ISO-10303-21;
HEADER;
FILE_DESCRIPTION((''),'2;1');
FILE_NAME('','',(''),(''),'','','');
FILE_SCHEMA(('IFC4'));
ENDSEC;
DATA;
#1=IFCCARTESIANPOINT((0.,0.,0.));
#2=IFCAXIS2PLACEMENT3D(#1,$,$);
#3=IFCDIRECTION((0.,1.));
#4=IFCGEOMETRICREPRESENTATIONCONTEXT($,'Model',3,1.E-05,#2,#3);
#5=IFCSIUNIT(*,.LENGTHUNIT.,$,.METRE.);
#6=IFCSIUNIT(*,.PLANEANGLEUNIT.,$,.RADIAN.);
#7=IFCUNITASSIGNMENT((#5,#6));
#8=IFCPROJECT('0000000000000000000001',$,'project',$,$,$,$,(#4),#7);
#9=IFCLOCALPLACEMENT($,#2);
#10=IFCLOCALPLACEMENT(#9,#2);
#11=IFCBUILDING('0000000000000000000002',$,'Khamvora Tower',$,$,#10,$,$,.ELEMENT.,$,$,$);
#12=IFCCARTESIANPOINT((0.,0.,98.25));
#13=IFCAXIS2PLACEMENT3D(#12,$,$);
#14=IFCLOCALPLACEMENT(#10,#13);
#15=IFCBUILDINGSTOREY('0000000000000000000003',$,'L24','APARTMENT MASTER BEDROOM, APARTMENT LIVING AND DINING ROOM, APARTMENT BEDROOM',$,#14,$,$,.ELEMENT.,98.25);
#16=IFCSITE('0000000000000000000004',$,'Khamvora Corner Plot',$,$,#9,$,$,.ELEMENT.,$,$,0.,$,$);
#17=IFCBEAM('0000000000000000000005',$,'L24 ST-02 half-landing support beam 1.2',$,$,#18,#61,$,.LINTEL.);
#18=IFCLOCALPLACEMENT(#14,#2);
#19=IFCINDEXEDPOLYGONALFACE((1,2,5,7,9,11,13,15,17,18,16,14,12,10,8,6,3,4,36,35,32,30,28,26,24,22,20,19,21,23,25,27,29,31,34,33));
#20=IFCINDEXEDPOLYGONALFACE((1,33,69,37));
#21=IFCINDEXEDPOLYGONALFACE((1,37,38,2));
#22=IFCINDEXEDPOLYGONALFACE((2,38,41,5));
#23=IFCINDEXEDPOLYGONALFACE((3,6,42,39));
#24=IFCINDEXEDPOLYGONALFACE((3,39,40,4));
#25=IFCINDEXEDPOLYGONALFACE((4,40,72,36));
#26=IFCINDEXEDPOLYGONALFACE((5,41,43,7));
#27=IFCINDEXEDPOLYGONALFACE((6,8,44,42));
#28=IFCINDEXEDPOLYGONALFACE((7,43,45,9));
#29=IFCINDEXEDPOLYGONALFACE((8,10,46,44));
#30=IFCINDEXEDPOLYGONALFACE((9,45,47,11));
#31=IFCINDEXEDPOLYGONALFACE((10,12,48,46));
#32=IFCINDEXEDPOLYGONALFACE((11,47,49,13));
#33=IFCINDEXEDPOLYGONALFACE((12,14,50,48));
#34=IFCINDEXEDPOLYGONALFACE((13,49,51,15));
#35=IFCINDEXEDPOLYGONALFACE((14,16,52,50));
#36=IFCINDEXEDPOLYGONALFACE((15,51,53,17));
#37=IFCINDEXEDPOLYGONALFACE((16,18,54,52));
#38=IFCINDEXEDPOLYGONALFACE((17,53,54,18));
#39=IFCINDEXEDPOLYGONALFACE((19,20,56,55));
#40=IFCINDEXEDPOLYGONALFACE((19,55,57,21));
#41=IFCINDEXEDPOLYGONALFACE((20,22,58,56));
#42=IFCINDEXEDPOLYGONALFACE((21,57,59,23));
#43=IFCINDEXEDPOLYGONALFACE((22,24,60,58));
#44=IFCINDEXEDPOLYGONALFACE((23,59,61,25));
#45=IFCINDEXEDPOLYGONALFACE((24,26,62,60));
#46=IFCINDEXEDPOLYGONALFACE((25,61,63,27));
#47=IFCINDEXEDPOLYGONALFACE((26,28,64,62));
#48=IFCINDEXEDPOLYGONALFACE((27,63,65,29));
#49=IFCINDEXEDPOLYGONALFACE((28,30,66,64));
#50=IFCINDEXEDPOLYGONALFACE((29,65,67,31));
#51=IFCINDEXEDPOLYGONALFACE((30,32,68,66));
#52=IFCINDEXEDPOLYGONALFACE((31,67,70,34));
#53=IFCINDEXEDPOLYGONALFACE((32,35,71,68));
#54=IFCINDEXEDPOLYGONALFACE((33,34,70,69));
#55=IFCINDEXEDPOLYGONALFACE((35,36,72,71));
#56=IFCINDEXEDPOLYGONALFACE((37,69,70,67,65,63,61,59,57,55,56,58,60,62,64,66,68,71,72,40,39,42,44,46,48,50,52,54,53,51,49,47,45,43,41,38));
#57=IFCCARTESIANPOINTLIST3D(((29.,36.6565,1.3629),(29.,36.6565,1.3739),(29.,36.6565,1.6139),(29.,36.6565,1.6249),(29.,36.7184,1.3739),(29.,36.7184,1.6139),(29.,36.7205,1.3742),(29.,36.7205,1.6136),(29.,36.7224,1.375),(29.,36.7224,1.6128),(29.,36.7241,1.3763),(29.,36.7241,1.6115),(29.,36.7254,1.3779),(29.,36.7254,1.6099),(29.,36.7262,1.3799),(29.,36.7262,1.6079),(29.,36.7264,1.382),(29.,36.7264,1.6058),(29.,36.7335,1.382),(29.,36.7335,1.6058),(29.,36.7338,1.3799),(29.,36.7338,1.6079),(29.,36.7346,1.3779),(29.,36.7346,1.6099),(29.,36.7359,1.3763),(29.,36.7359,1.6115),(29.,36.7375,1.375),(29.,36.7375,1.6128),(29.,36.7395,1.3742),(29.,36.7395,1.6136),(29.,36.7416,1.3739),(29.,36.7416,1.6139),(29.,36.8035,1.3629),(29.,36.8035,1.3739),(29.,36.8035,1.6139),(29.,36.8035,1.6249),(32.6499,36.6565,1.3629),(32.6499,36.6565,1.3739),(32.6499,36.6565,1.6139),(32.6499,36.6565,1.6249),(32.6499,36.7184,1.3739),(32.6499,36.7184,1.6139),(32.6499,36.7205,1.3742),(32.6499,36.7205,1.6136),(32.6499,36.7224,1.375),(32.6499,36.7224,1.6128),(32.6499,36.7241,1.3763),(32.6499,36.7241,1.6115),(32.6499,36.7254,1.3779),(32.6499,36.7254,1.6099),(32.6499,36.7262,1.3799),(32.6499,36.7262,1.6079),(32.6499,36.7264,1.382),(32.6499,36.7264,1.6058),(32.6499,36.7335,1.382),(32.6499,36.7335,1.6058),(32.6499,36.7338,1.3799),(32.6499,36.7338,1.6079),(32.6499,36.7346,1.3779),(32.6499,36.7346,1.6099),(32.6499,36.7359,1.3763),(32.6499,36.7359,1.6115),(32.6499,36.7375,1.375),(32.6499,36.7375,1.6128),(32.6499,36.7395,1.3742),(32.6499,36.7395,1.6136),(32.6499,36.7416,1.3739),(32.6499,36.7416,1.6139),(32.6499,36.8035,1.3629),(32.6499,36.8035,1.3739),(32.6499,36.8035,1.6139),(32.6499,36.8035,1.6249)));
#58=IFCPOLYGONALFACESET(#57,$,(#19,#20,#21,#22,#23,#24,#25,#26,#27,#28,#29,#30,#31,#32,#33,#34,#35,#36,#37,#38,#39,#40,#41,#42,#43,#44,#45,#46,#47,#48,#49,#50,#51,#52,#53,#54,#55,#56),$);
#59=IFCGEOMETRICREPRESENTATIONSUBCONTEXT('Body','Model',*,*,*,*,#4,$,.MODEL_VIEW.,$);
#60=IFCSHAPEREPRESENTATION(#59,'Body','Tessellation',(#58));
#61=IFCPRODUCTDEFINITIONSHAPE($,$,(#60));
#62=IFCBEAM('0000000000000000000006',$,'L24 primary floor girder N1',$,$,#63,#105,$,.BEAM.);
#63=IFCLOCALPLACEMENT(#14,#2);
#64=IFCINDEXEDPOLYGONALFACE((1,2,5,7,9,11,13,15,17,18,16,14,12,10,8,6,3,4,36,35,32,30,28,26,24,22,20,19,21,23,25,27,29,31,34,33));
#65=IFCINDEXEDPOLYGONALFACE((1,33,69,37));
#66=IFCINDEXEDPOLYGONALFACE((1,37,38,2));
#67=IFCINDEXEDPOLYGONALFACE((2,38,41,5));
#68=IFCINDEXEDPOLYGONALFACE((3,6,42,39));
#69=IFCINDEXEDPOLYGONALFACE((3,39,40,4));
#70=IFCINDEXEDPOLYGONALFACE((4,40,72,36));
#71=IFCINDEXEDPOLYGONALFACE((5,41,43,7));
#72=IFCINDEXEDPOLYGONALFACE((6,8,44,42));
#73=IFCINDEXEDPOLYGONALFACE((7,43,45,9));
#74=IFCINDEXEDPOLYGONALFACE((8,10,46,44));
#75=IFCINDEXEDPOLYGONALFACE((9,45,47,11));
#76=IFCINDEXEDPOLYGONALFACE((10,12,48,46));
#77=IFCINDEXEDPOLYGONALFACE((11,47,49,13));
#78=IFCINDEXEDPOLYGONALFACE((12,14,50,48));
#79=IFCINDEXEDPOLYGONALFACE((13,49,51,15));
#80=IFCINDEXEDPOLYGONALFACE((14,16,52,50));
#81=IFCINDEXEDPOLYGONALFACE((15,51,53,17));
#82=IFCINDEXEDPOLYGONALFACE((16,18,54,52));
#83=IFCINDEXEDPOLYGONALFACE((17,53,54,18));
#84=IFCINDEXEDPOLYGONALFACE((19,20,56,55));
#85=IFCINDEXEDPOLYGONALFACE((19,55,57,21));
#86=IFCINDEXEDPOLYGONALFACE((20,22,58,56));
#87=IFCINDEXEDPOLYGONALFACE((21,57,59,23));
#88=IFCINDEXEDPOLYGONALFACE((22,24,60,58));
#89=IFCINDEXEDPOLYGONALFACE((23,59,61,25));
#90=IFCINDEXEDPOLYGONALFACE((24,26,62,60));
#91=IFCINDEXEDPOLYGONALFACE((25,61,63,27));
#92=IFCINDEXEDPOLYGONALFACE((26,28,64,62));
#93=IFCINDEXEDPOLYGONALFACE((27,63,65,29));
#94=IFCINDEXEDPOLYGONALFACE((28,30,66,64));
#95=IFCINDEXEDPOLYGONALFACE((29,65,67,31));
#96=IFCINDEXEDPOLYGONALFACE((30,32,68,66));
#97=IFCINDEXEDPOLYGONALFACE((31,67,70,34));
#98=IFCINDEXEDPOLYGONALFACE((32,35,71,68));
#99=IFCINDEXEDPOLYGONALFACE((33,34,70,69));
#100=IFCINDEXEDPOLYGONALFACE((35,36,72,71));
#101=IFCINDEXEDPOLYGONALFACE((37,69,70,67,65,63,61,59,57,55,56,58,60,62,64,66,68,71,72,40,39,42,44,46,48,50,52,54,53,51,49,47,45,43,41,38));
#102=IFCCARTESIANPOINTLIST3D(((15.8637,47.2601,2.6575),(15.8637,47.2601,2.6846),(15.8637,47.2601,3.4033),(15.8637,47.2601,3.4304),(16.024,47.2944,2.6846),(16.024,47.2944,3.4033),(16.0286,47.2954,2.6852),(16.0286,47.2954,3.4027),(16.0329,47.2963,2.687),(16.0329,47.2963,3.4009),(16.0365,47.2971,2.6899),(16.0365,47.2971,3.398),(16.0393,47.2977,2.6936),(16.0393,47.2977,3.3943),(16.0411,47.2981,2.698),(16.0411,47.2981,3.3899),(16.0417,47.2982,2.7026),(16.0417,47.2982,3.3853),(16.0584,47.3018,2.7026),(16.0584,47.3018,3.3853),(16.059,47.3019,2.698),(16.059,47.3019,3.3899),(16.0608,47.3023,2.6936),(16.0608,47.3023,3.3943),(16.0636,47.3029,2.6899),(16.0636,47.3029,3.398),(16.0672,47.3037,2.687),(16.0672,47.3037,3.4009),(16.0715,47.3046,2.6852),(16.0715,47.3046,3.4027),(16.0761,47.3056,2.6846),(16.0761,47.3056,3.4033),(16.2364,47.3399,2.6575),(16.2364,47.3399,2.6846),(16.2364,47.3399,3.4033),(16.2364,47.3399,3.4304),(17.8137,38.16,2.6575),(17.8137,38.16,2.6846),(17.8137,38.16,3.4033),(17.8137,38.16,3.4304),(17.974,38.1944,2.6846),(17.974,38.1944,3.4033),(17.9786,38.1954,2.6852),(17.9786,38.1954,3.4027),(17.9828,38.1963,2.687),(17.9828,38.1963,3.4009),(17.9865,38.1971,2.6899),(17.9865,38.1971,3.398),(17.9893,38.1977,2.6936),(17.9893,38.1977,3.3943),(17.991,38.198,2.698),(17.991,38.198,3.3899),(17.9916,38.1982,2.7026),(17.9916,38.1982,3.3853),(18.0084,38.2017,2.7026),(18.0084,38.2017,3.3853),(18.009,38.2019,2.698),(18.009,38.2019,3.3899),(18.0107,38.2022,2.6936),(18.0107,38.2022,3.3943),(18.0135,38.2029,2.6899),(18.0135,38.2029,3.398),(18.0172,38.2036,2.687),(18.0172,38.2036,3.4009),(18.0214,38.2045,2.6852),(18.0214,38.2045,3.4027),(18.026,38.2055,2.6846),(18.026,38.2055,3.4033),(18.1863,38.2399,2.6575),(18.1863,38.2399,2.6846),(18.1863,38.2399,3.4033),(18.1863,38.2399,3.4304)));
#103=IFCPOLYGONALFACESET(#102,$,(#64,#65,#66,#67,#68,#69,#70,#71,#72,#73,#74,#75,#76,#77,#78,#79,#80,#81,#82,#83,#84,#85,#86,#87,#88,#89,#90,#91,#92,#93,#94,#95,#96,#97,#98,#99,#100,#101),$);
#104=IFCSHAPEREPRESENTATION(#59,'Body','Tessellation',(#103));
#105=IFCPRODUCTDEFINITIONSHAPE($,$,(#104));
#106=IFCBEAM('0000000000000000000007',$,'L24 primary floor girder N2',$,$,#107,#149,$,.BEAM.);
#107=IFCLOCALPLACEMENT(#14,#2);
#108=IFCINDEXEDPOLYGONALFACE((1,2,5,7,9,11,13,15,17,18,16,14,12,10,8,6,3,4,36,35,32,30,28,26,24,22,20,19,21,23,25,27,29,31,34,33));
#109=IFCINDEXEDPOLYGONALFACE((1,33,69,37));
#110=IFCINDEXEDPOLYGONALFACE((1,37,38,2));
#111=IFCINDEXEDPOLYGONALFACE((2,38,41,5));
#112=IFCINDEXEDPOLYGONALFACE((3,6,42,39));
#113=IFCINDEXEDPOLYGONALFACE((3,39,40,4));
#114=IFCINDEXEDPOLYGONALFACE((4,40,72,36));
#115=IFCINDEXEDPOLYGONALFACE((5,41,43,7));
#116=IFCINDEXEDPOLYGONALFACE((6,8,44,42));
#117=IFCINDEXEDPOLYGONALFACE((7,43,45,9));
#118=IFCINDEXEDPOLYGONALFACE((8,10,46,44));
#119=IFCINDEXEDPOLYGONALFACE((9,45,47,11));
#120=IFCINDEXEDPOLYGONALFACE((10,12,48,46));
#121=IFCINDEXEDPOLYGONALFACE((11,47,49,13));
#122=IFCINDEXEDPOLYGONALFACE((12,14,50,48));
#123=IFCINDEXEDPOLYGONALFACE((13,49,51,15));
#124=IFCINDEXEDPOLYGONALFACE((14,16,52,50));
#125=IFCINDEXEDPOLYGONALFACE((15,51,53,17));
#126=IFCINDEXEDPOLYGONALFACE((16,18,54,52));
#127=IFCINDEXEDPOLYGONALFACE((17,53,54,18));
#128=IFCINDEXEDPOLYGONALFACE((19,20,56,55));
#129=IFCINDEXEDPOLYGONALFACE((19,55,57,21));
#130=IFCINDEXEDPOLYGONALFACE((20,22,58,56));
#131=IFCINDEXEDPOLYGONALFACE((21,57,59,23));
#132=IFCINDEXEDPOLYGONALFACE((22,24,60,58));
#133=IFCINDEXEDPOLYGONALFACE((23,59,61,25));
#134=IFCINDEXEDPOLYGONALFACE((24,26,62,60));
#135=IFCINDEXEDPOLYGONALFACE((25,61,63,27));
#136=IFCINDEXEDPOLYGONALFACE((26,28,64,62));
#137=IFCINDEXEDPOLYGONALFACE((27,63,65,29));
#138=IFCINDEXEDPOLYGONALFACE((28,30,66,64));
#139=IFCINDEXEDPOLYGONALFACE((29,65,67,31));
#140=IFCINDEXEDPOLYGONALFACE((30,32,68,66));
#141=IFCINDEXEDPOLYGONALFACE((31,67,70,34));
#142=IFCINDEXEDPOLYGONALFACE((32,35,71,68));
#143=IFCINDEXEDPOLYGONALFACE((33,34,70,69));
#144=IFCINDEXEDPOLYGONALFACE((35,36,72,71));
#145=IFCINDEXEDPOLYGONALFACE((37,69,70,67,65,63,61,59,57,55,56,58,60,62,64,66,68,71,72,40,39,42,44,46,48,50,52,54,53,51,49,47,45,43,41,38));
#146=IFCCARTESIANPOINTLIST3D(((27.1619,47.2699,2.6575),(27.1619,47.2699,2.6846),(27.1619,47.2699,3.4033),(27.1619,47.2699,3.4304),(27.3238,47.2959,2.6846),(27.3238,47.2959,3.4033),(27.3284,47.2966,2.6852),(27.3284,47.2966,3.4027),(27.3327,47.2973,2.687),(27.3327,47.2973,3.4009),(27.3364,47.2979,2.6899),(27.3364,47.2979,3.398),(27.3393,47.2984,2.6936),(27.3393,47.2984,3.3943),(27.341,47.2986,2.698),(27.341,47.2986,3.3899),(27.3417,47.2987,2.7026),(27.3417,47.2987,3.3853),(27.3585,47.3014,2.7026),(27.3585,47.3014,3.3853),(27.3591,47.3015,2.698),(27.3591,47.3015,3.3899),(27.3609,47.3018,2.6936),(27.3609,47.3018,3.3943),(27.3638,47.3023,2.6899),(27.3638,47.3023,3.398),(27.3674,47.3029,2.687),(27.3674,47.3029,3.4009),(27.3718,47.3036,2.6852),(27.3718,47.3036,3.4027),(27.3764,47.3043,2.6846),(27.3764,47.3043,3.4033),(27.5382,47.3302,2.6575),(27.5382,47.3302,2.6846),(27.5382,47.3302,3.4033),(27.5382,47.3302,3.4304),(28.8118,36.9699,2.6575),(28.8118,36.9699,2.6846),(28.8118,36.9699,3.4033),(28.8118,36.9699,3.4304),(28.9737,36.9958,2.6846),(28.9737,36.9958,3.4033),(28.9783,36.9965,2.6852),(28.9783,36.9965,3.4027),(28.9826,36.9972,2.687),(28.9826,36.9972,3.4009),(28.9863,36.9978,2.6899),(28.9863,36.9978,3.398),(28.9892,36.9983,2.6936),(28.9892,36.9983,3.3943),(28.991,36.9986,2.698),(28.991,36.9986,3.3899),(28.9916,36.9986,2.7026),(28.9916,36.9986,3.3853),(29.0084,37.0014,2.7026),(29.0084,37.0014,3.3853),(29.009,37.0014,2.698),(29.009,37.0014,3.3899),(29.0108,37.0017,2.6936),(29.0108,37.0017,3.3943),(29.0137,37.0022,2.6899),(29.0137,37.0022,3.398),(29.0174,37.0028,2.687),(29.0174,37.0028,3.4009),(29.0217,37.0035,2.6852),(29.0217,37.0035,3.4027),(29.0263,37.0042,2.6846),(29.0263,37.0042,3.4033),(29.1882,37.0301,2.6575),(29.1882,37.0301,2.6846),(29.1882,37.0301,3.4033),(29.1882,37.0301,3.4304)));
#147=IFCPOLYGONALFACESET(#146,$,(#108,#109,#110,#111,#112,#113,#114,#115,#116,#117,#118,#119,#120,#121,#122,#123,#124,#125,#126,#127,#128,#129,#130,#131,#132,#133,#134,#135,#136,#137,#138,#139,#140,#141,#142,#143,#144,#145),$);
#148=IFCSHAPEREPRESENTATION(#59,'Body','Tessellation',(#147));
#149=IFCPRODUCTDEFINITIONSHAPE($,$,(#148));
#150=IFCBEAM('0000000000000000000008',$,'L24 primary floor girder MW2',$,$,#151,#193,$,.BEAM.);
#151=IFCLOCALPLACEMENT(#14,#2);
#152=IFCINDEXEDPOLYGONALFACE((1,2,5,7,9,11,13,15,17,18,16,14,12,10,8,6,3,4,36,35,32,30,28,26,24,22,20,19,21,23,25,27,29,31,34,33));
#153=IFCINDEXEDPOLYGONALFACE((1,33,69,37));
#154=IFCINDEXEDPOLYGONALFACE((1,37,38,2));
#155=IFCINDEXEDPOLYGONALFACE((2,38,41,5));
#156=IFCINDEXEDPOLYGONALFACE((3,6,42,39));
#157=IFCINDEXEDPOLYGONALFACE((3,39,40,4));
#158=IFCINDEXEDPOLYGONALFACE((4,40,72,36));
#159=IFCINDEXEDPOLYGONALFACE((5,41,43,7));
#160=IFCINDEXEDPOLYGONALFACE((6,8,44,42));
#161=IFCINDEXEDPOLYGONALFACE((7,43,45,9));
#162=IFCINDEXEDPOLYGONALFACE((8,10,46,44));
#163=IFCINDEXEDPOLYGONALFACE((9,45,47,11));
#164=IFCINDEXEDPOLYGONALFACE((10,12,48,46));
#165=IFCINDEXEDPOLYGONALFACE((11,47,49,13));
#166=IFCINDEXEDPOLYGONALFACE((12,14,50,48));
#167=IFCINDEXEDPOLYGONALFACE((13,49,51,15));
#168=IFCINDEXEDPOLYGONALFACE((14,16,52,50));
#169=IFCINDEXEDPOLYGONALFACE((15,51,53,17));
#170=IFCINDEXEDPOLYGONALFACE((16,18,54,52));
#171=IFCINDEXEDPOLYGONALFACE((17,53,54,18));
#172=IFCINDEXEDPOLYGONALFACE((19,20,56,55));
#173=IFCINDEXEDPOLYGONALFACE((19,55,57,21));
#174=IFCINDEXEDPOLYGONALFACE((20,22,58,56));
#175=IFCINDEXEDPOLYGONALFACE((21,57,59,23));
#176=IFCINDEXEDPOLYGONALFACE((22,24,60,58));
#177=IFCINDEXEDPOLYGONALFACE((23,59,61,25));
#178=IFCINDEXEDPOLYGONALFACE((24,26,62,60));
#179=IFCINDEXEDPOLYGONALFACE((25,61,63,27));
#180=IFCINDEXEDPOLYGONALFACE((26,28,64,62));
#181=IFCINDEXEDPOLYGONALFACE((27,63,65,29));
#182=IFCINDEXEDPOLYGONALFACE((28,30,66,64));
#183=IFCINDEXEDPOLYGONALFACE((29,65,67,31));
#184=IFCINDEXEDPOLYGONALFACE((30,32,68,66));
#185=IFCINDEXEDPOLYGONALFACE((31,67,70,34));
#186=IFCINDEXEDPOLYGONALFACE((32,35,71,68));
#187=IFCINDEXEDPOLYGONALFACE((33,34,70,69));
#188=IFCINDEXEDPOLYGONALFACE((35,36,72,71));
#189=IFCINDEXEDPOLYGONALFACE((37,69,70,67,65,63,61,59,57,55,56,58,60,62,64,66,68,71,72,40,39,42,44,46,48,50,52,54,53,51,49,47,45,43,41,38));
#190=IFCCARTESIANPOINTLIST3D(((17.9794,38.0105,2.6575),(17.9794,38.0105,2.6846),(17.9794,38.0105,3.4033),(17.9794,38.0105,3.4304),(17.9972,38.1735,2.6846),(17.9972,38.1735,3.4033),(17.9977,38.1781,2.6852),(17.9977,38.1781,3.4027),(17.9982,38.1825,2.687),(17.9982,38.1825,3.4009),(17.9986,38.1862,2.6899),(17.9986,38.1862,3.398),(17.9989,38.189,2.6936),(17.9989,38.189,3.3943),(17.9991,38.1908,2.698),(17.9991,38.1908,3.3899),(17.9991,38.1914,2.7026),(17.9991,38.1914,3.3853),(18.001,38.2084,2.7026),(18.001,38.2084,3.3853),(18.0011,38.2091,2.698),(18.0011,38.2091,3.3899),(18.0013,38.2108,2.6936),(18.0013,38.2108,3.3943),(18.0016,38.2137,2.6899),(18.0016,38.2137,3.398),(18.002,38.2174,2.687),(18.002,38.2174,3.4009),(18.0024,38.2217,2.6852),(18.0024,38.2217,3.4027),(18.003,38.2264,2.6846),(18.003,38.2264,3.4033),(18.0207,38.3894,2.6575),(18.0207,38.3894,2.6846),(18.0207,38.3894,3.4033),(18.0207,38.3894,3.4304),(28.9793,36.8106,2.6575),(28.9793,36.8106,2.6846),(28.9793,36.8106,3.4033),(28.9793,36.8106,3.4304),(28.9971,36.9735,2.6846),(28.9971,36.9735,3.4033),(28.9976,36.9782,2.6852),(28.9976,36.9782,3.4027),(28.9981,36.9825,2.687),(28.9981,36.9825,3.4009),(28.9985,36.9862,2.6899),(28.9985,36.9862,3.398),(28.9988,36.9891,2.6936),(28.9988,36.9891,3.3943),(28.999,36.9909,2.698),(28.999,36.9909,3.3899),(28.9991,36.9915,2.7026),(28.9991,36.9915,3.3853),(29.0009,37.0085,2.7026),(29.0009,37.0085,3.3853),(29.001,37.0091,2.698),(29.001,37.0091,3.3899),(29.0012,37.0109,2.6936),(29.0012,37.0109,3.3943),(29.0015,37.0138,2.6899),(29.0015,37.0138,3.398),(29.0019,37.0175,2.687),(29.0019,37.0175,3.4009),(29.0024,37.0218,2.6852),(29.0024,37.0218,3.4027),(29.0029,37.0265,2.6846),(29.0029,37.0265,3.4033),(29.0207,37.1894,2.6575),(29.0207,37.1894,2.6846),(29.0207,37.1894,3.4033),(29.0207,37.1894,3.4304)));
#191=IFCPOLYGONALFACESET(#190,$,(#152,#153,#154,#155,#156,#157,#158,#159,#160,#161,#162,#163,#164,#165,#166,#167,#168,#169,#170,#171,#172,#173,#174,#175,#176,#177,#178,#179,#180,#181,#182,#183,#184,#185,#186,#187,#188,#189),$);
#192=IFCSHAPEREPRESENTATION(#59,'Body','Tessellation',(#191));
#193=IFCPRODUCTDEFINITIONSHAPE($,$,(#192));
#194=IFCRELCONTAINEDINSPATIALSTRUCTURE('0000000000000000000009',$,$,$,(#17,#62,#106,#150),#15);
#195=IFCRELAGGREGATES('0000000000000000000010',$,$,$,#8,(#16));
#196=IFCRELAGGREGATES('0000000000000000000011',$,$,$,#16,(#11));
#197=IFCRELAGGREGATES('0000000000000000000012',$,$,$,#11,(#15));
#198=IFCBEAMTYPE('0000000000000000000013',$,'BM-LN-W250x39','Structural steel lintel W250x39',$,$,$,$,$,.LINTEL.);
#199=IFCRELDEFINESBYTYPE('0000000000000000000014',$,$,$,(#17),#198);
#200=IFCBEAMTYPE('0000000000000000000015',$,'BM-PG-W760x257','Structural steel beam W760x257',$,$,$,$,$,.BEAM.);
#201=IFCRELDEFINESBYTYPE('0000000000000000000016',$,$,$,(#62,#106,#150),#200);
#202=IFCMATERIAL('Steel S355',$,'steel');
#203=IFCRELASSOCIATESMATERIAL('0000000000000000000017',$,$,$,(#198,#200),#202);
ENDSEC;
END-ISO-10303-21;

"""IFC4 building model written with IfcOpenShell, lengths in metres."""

from ifc_helpers import new_model, si_unit, direction, frame, origin, origin_2d, place, context, subcontext, project, spatial, i_section, extrude, material, material_profile, profile_set, type_object, element, save


model = new_model("IFC4")

# Units and contexts
model_context = context("Model", 3, precision=1e-05, world=origin(), true_north=direction((0.0, 1.0)))
body_context = subcontext(model_context, "Body", "Model", "MODEL_VIEW")
ifc_project = project(units=[si_unit("LENGTHUNIT", "METRE"), si_unit("PLANEANGLEUNIT", "RADIAN")], contexts=[model_context])

# Site, building, storey
site_placement = place(None, origin())
site = spatial("IfcSite", under=ifc_project, at=site_placement, Name="Khamvora Corner Plot", CompositionType="ELEMENT", RefElevation=0.0)
building_placement = place(site_placement, origin())
building = spatial("IfcBuilding", under=site, at=building_placement, Name="Khamvora Tower", CompositionType="ELEMENT")
storey_placement = place(building_placement, frame((0.0, 0.0, 98.25)))
storey = spatial("IfcBuildingStorey", under=building, at=storey_placement, Name="L24", Description="APARTMENT MASTER BEDROOM, APARTMENT LIVING AND DINING ROOM, APARTMENT BEDROOM", CompositionType="ELEMENT", Elevation=98.25)

# Shared definitions
ifc_material_1 = material(Name="Steel S355", Category="steel")

# Beams
ifc_material_profile_1 = material_profile(ifc_material_1, i_section(OverallWidth=0.147, OverallDepth=0.262, WebThickness=0.0071, FlangeThickness=0.011, FilletRadius=0.0081, at=origin_2d()), Name="W250x39")
ifc_profile_set_1 = profile_set([ifc_material_profile_1], Name="Steel S355")
beam_type_1 = type_object("IfcBeamType", Name="BM-LN-W250x39", Description="Structural steel lintel W250x39", PredefinedType="LINTEL", material=ifc_profile_set_1)
beam_1_placement = place(storey_placement, frame((29.0, 36.73, 1.4939), z_axis=(1.0, 0.0, 0.0), x_axis=(0.0, 1.0, 0.0)))
element("IfcBeam", 1, at=beam_1_placement, inside=storey, type_object=beam_type_1, Name="L24 ST-02 half-landing support beam 1.2", PredefinedType="LINTEL", context=body_context, shape_type="SweptSolid", body=[
    extrude(i_section(OverallWidth=0.147, OverallDepth=0.262, WebThickness=0.0071, FlangeThickness=0.011, FilletRadius=0.0081, at=origin_2d()), origin(), (0.0, 0.0, 1.0), 3.6499),
])
ifc_material_profile_2 = material_profile(ifc_material_1, i_section(OverallWidth=0.3811, OverallDepth=0.7729, WebThickness=0.0171, FlangeThickness=0.0271, FilletRadius=0.0181, at=origin_2d()), Name="W760x257")
ifc_profile_set_2 = profile_set([ifc_material_profile_2], Name="Steel S355")
beam_type_2 = type_object("IfcBeamType", Name="BM-PG-W760x257", Description="Structural steel beam W760x257", PredefinedType="BEAM", material=ifc_profile_set_2)
beam_2_placement = place(storey_placement, frame((18.0, 38.2, 3.0439), z_axis=(-0.209522, 0.977804, 0.0), x_axis=(-0.977804, -0.209522, 0.0)))
element("IfcBeam", 2, at=beam_2_placement, inside=storey, type_object=beam_type_2, Name="L24 primary floor girder N1", PredefinedType="BEAM", context=body_context, shape_type="SweptSolid", body=[
    extrude(i_section(OverallWidth=0.3811, OverallDepth=0.7729, WebThickness=0.0171, FlangeThickness=0.0271, FilletRadius=0.0181, at=origin_2d()), origin(), (0.0, 0.0, 1.0), 9.3066),
])
beam_3_placement = place(storey_placement, frame((29.0, 37.0, 3.0439), z_axis=(-0.158168, 0.987412, 0.0), x_axis=(-0.987412, -0.158168, 0.0)))
element("IfcBeam", 3, at=beam_3_placement, inside=storey, type_object=beam_type_2, Name="L24 primary floor girder N2", PredefinedType="BEAM", context=body_context, shape_type="SweptSolid", body=[
    extrude(i_section(OverallWidth=0.3811, OverallDepth=0.7729, WebThickness=0.0171, FlangeThickness=0.0271, FilletRadius=0.0181, at=origin_2d()), origin(), (0.0, 0.0, 1.0), 10.4314),
])
beam_4_placement = place(storey_placement, frame((29.0, 37.0, 3.0439), z_axis=(-0.994103, 0.108443, 0.0), x_axis=(-0.108443, -0.994103, 0.0)))
element("IfcBeam", 4, at=beam_4_placement, inside=storey, type_object=beam_type_2, Name="L24 primary floor girder MW2", PredefinedType="BEAM", context=body_context, shape_type="SweptSolid", body=[
    extrude(i_section(OverallWidth=0.3811, OverallDepth=0.7729, WebThickness=0.0171, FlangeThickness=0.0271, FilletRadius=0.0181, at=origin_2d()), origin(), (0.0, 0.0, 1.0), 11.0652),
])

save(model, "model.ifc")
